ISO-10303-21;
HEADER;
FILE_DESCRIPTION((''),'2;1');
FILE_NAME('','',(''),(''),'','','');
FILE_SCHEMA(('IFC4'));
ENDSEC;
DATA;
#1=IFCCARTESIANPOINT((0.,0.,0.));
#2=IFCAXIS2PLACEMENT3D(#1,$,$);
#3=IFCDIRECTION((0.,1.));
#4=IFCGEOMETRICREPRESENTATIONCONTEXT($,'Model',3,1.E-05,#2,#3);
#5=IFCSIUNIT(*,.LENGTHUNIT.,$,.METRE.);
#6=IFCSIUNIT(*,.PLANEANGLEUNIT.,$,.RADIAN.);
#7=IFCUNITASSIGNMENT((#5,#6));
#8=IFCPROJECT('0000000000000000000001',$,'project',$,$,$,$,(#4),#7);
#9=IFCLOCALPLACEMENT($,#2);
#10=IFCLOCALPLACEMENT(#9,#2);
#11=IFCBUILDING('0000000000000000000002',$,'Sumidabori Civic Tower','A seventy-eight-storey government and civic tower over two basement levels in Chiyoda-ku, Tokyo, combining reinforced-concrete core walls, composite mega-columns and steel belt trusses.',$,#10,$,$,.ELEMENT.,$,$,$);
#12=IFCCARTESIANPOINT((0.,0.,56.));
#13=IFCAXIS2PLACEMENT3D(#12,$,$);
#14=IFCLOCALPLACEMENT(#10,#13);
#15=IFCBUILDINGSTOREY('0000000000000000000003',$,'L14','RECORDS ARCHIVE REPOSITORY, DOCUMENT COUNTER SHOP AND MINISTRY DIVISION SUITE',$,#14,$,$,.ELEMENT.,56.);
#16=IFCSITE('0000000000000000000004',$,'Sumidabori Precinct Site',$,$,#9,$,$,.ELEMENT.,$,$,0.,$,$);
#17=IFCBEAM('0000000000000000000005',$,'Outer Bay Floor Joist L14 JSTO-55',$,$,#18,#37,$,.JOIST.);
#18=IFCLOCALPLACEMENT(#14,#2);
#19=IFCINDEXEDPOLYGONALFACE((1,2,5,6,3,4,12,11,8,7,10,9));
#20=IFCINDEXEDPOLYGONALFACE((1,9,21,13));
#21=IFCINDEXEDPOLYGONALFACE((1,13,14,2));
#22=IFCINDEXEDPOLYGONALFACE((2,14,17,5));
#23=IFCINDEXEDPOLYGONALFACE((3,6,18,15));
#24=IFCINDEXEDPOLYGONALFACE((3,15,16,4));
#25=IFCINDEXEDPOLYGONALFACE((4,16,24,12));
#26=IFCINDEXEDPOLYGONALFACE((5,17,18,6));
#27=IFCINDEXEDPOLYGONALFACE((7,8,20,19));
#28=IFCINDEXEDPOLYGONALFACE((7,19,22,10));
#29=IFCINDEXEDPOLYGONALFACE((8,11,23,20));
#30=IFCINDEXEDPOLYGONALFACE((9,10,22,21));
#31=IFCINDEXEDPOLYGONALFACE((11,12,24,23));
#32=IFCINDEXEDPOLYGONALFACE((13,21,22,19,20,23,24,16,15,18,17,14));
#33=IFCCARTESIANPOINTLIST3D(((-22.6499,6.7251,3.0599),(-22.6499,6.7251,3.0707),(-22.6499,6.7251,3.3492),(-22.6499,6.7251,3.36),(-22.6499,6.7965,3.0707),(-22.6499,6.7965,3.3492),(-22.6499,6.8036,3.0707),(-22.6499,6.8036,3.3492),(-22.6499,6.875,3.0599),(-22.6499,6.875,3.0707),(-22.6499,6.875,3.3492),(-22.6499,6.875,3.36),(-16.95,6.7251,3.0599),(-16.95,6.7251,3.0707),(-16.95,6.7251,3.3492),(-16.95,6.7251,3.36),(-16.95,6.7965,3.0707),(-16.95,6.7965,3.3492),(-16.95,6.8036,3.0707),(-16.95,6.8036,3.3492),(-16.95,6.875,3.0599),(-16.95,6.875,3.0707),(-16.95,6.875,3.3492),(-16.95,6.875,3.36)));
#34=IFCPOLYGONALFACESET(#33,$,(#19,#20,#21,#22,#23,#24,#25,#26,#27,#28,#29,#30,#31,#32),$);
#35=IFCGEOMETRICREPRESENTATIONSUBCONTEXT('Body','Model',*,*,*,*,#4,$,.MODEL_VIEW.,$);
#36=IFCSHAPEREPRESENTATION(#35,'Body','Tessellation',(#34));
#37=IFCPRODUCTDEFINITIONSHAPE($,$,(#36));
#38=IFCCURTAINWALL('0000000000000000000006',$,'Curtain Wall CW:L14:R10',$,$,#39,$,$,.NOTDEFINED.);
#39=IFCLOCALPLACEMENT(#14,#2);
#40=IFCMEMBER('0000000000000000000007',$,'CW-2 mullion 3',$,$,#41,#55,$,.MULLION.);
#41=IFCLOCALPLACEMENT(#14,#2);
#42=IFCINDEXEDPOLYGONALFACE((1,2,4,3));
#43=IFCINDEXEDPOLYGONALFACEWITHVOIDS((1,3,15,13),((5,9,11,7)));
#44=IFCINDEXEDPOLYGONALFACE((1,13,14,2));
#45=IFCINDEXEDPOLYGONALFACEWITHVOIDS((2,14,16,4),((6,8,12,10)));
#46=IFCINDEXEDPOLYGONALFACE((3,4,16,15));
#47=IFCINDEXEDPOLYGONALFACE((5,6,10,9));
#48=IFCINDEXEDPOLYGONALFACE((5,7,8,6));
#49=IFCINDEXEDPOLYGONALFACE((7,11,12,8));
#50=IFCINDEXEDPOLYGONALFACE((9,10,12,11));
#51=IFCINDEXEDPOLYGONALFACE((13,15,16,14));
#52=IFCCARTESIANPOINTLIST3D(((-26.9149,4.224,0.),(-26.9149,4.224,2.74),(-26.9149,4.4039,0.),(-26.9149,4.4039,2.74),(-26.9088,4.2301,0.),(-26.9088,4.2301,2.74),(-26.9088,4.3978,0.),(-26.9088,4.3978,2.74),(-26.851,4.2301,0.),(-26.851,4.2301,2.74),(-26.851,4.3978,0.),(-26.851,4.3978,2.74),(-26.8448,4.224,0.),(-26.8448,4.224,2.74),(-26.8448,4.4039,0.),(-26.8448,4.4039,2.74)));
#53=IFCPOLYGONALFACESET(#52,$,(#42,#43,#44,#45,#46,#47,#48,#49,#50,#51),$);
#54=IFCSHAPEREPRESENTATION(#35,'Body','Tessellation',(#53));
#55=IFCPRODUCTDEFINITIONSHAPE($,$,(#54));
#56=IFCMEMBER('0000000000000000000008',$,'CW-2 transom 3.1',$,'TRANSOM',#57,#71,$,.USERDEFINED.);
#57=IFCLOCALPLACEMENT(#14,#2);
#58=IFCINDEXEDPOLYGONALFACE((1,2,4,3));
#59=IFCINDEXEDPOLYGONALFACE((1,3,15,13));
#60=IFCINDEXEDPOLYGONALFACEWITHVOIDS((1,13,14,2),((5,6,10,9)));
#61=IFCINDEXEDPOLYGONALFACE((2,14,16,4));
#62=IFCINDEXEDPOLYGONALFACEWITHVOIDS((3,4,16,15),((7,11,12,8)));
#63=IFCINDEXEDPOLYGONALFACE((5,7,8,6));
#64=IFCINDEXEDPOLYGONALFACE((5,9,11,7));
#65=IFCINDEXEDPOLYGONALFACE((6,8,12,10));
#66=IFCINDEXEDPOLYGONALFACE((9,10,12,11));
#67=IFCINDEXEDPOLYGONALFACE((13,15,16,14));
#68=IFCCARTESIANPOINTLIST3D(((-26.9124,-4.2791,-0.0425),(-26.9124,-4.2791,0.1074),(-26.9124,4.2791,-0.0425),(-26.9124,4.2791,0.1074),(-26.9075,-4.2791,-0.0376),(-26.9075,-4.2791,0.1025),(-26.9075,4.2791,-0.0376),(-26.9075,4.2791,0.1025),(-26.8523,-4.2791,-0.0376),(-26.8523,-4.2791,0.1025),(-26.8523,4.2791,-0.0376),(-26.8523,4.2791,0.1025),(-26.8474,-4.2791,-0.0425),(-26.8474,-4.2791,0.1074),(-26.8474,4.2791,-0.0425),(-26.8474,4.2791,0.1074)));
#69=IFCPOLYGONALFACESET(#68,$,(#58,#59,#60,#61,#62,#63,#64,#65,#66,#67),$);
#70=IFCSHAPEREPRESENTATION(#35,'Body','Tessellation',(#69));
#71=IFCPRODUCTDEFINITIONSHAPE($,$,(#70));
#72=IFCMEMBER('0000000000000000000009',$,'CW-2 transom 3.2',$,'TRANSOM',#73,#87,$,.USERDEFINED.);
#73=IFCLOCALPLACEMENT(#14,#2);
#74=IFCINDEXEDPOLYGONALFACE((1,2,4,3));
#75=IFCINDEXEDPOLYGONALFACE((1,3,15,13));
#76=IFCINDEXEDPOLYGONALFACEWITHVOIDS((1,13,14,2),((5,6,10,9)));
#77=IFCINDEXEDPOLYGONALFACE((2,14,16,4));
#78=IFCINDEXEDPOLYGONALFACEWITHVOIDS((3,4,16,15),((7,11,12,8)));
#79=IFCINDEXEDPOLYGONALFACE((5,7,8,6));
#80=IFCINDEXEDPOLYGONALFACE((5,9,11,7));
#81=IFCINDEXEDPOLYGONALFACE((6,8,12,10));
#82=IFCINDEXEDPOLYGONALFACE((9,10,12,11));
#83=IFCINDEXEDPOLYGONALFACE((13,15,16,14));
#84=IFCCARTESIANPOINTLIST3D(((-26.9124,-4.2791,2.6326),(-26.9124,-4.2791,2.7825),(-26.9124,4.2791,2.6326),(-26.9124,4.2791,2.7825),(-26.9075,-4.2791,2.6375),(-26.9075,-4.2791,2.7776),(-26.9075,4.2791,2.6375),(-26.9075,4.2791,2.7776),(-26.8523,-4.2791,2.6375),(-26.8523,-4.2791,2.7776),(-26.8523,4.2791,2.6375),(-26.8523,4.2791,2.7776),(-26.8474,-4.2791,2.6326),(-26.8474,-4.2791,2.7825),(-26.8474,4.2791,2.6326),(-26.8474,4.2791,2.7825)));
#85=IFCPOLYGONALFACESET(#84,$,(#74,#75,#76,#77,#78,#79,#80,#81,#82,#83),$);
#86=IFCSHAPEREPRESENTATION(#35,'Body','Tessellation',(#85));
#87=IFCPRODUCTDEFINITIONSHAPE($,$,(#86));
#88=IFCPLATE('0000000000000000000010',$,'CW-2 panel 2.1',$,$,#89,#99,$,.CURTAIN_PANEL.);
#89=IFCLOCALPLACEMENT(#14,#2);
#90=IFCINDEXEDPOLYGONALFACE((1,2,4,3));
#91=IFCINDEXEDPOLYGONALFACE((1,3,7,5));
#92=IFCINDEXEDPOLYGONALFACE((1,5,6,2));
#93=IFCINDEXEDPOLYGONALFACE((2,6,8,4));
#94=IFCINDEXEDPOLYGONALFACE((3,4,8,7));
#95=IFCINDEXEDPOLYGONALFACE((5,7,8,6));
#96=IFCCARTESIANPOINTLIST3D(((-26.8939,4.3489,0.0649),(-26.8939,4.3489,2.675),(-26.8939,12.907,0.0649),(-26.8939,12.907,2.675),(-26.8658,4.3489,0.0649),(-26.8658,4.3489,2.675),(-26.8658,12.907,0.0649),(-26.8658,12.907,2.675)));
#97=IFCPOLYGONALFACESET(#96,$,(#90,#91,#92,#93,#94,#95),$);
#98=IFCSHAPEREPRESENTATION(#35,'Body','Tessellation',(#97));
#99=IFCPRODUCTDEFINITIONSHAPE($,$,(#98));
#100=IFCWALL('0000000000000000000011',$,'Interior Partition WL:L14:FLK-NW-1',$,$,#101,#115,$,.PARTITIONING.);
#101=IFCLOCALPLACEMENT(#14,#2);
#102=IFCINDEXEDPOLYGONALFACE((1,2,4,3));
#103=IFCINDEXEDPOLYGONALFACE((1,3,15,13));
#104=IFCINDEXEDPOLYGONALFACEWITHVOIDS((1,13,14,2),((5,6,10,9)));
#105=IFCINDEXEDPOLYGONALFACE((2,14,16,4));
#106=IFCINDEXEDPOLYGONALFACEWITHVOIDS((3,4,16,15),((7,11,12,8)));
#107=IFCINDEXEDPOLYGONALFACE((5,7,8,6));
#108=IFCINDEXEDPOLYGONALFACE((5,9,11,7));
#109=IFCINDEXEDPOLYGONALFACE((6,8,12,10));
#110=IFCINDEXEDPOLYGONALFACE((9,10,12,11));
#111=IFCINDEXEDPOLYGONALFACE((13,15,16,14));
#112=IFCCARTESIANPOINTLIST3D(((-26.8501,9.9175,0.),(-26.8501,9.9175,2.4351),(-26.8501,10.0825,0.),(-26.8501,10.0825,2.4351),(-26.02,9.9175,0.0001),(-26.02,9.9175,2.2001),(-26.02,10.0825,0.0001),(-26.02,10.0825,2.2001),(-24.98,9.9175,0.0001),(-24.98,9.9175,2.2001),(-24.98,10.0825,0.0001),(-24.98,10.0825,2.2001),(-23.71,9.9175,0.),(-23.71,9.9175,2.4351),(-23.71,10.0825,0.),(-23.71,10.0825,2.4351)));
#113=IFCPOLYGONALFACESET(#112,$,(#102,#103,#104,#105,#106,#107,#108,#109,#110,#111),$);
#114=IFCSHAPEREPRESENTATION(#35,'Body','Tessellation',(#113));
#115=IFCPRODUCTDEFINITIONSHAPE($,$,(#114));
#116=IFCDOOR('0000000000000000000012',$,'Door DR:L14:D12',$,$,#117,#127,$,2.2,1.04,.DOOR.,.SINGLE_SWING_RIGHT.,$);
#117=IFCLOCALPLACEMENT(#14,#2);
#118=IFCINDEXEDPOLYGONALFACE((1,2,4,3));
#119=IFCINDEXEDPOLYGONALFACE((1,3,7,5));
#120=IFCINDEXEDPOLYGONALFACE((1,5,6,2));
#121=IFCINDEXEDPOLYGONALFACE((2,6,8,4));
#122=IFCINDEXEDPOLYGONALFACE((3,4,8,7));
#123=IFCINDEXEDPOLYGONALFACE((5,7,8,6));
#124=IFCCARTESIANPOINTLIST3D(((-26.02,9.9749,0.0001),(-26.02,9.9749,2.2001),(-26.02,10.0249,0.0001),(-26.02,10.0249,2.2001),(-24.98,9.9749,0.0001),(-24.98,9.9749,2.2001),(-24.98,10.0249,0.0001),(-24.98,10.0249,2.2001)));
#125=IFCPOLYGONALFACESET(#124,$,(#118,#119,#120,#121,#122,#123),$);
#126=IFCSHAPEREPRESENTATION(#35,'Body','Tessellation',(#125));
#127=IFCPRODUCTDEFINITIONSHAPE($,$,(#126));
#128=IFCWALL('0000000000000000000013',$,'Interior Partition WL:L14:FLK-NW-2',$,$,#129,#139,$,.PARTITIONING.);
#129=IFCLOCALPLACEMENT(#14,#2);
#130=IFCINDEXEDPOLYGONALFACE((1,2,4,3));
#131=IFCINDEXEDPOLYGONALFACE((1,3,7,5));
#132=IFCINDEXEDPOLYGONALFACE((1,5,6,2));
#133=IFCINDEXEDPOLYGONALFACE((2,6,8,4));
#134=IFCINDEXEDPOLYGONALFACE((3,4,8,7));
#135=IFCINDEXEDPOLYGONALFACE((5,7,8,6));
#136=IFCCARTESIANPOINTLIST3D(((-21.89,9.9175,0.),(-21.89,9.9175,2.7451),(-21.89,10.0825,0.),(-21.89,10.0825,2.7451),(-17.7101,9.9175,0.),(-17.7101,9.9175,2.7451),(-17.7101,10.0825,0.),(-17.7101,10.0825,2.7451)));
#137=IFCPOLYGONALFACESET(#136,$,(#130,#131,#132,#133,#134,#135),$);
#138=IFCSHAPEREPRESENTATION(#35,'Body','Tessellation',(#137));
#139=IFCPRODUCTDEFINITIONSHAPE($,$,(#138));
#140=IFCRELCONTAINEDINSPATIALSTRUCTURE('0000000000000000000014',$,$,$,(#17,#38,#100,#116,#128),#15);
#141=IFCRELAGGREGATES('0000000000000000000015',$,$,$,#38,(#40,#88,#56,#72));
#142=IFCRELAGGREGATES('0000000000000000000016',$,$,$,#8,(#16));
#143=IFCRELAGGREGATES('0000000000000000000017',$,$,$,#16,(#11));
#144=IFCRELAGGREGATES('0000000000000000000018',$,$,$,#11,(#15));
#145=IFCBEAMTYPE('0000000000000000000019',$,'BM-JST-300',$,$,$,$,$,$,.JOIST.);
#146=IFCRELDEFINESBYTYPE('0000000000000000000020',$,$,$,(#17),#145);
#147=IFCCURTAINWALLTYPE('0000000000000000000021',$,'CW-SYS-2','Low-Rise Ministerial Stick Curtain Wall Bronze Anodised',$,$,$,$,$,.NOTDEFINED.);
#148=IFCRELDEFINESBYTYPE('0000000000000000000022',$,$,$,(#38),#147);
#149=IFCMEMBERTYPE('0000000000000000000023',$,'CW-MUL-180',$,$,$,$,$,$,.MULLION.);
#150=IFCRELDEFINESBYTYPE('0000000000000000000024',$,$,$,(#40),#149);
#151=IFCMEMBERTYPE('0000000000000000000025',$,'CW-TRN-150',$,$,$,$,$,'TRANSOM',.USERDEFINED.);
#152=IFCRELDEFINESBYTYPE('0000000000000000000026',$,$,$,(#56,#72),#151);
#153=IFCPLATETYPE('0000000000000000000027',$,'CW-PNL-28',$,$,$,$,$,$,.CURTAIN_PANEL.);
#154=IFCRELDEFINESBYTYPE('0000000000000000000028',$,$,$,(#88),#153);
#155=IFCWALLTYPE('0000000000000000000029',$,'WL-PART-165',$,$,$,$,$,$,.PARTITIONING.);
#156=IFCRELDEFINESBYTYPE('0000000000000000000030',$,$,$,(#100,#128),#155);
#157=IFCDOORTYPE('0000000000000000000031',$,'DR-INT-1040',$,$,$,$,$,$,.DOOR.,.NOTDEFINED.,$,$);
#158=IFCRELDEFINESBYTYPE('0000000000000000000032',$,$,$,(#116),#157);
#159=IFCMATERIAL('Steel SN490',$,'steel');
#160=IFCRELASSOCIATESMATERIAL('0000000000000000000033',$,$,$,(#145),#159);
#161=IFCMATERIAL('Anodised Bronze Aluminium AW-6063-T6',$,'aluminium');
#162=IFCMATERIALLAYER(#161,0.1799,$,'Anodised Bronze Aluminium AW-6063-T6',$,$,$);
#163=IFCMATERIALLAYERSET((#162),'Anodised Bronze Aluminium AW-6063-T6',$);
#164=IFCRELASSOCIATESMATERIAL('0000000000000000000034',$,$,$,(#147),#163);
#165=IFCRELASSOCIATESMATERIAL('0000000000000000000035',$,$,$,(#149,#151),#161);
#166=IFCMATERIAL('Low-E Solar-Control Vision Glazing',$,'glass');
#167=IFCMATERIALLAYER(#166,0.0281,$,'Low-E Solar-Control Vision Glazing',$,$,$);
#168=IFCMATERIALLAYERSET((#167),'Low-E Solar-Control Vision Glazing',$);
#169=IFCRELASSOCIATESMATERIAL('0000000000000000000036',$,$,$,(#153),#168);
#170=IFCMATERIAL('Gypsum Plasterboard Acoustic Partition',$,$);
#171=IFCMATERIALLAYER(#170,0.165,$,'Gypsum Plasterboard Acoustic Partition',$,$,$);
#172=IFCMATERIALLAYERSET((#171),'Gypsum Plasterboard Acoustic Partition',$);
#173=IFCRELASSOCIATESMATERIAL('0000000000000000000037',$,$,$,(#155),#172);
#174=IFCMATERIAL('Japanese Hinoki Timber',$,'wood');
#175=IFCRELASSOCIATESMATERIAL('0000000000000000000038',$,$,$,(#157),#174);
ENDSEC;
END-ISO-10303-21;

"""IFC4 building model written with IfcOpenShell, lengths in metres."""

from ifc_helpers import new_model, si_unit, direction, frame, frame_2d, origin, origin_2d, place, context, subcontext, project, spatial, rectangle, hollow_rectangle, i_section, extrude, source, transform, mapped, material, layer, layer_set, material_profile, profile_set, type_object, element, fill, aggregate, save


model = new_model("IFC4")

# Units and contexts
model_context = context("Model", 3, precision=1e-05, world=origin(), true_north=direction((0.0, 1.0)))
body_context = subcontext(model_context, "Body", "Model", "MODEL_VIEW")
ifc_project = project(units=[si_unit("LENGTHUNIT", "METRE"), si_unit("PLANEANGLEUNIT", "RADIAN")], contexts=[model_context])

# Site, building, storey
site_placement = place(None, origin())
site = spatial("IfcSite", under=ifc_project, at=site_placement, Name="Sumidabori Precinct Site", CompositionType="ELEMENT", RefElevation=0.0)
building_placement = place(site_placement, origin())
building = spatial("IfcBuilding", under=site, at=building_placement, Name="Sumidabori Civic Tower", Description="A seventy-eight-storey government and civic tower over two basement levels in Chiyoda-ku, Tokyo, combining reinforced-concrete core walls, composite mega-columns and steel belt trusses.", CompositionType="ELEMENT")
storey_placement = place(building_placement, frame((0.0, 0.0, 56.0)))
storey = spatial("IfcBuildingStorey", under=building, at=storey_placement, Name="L14", Description="RECORDS ARCHIVE REPOSITORY, DOCUMENT COUNTER SHOP AND MINISTRY DIVISION SUITE", CompositionType="ELEMENT", Elevation=56.0)

# Beam
ifc_material_1 = material(Name="Steel SN490", Category="steel")
ifc_material_profile_1 = material_profile(ifc_material_1, i_section(OverallWidth=0.1499, OverallDepth=0.3, WebThickness=0.0071, FlangeThickness=0.0107, at=origin_2d()), Name="IPE 300")
ifc_profile_set_1 = profile_set([ifc_material_profile_1], Name="Steel SN490")
beam_type_1 = type_object("IfcBeamType", Name="BM-JST-300", PredefinedType="JOIST", material=ifc_profile_set_1)
shared_shape_1 = source(origin(), body_context, "Body", "SweptSolid", [
    extrude(i_section(OverallWidth=0.1499, OverallDepth=0.3, WebThickness=0.0071, FlangeThickness=0.0107, at=origin_2d()), origin(), (0.0, 0.0, 1.0), 5.7),
])
for number, where, z_axis, x_axis, name in (
    (1, (-22.6499, 6.8, 3.21), (1.0, 0.0, 0.0), (0.0, 1.0, 0.0), "Outer Bay Floor Joist L14 JSTO-55"),
):
    element("IfcBeam", number, at=place(storey_placement, frame(where, z_axis=z_axis, x_axis=x_axis)), inside=storey, type_object=beam_type_1, Name=name, PredefinedType="JOIST", context=body_context, shape_type="MappedRepresentation", body=[
        mapped(shared_shape_1, transform((0.0, 0.0, 0.0), x_axis=(1.0, 0.0, 0.0), y_axis=(0.0, 1.0, 0.0), z_axis=(0.0, 0.0, 1.0), scale=1.0)),
    ])

# Curtain wall, members, plate
ifc_material_2 = material(Name="Anodised Bronze Aluminium AW-6063-T6", Category="aluminium")
ifc_layer_1 = layer(ifc_material_2, 0.1799, Name="Anodised Bronze Aluminium AW-6063-T6")
ifc_layer_set_1 = layer_set([ifc_layer_1], Name="Anodised Bronze Aluminium AW-6063-T6")
curtain_wall_type = type_object("IfcCurtainWallType", Name="CW-SYS-2", Description="Low-Rise Ministerial Stick Curtain Wall Bronze Anodised", PredefinedType="NOTDEFINED", material=ifc_layer_set_1)
curtain_wall_placement = place(storey_placement, origin())
curtain_wall = element("IfcCurtainWall", 2, at=curtain_wall_placement, inside=storey, type_object=curtain_wall_type, Name="Curtain Wall CW:L14:R10", PredefinedType="NOTDEFINED")
ifc_material_profile_2 = material_profile(ifc_material_2, hollow_rectangle(XDim=0.0701, YDim=0.1799, WallThickness=0.0061, at=origin_2d()), Name="ALU MULLION 180x70")
ifc_profile_set_2 = profile_set([ifc_material_profile_2], Name="Anodised Bronze Aluminium AW-6063-T6")
member_type_1 = type_object("IfcMemberType", Name="CW-MUL-180", PredefinedType="MULLION", material=ifc_profile_set_2)
shared_shape_2 = source(origin(), body_context, "Body", "SweptSolid", [
    extrude(hollow_rectangle(XDim=0.0701, YDim=0.1799, WallThickness=0.0061, at=origin_2d()), origin(), (0.0, 0.0, 1.0), 2.74),
])
member_1_placement = place(storey_placement, frame((-26.8799, 4.314, 0.0), z_axis=(0.0, 0.0, 1.0), x_axis=(1.0, 0.0, 0.0)))
member_1 = element("IfcMember", 3, at=member_1_placement, type_object=member_type_1, Name="CW-2 mullion 3", PredefinedType="MULLION", context=body_context, shape_type="MappedRepresentation", body=[
    mapped(shared_shape_2, transform((0.0, 0.0, 0.0), x_axis=(1.0, 0.0, 0.0), y_axis=(0.0, 1.0, 0.0), z_axis=(0.0, 0.0, 1.0), scale=1.0)),
])
ifc_material_profile_3 = material_profile(ifc_material_2, hollow_rectangle(XDim=0.0649, YDim=0.1499, WallThickness=0.0049, at=origin_2d()), Name="ALU TRANSOM 150x65")
ifc_profile_set_3 = profile_set([ifc_material_profile_3], Name="Anodised Bronze Aluminium AW-6063-T6")
member_type_2 = type_object("IfcMemberType", Name="CW-TRN-150", ElementType="TRANSOM", PredefinedType="USERDEFINED", material=ifc_profile_set_3)
shared_shape_3 = source(origin(), body_context, "Body", "SweptSolid", [
    extrude(hollow_rectangle(XDim=0.0649, YDim=0.1499, WallThickness=0.0049, at=origin_2d()), origin(), (0.0, 0.0, 1.0), 8.5581),
])
member_2_placement = place(storey_placement, frame((-26.8799, 4.2791, 0.0325), z_axis=(0.0, -1.0, 0.0), x_axis=(1.0, 0.0, 0.0)))
member_2 = element("IfcMember", 4, at=member_2_placement, type_object=member_type_2, Name="CW-2 transom 3.1", ObjectType="TRANSOM", PredefinedType="USERDEFINED", context=body_context, shape_type="MappedRepresentation", body=[
    mapped(shared_shape_3, transform((0.0, 0.0, 0.0), x_axis=(1.0, 0.0, 0.0), y_axis=(0.0, 1.0, 0.0), z_axis=(0.0, 0.0, 1.0), scale=1.0)),
])
member_3_placement = place(storey_placement, frame((-26.8799, 4.2791, 2.7075), z_axis=(0.0, -1.0, 0.0), x_axis=(1.0, 0.0, 0.0)))
member_3 = element("IfcMember", 5, at=member_3_placement, type_object=member_type_2, Name="CW-2 transom 3.2", ObjectType="TRANSOM", PredefinedType="USERDEFINED", context=body_context, shape_type="MappedRepresentation", body=[
    mapped(shared_shape_3, transform((0.0, 0.0, 0.0), x_axis=(1.0, 0.0, 0.0), y_axis=(0.0, 1.0, 0.0), z_axis=(0.0, 0.0, 1.0), scale=1.0)),
])
ifc_material_3 = material(Name="Low-E Solar-Control Vision Glazing", Category="glass")
ifc_layer_2 = layer(ifc_material_3, 0.0281, Name="Low-E Solar-Control Vision Glazing")
ifc_layer_set_2 = layer_set([ifc_layer_2], Name="Low-E Solar-Control Vision Glazing")
plate_type = type_object("IfcPlateType", Name="CW-PNL-28", PredefinedType="CURTAIN_PANEL", material=ifc_layer_set_2)
shared_shape_4 = source(origin(), body_context, "Body", "SweptSolid", [
    extrude(rectangle(XDim=8.5581, YDim=0.0281, at=origin_2d()), origin(), (0.0, 0.0, 1.0), 2.6101),
])
plate_placement = place(storey_placement, frame((-26.8799, 8.6279, 0.0649), z_axis=(0.0, 0.0, 1.0), x_axis=(0.0, -1.0, 0.0)))
plate = element("IfcPlate", 6, at=plate_placement, type_object=plate_type, Name="CW-2 panel 2.1", PredefinedType="CURTAIN_PANEL", context=body_context, shape_type="MappedRepresentation", body=[
    mapped(shared_shape_4, transform((0.0, 0.0, 0.0), x_axis=(1.0, 0.0, 0.0), y_axis=(0.0, 1.0, 0.0), z_axis=(0.0, 0.0, 1.0), scale=1.0)),
])
aggregate(curtain_wall, [member_1, plate, member_2, member_3])

# Wall, opening, door
ifc_material_4 = material(Name="Gypsum Plasterboard Acoustic Partition")
ifc_layer_3 = layer(ifc_material_4, 0.165, Name="Gypsum Plasterboard Acoustic Partition")
ifc_layer_set_3 = layer_set([ifc_layer_3], Name="Gypsum Plasterboard Acoustic Partition")
wall_type = type_object("IfcWallType", Name="WL-PART-165", PredefinedType="PARTITIONING", material=ifc_layer_set_3)
shared_shape_5 = source(origin(), body_context, "Body", "SweptSolid", [
    extrude(rectangle(XDim=3.1401, YDim=0.165, at=frame_2d((1.5701, 0.0))), origin(), (0.0, 0.0, 1.0), 2.4351),
])
wall_1_placement = place(storey_placement, frame((-26.8501, 10.0, 0.0), z_axis=(0.0, 0.0, 1.0), x_axis=(1.0, 0.0, 0.0)))
wall_1 = element("IfcWall", 7, at=wall_1_placement, inside=storey, type_object=wall_type, Name="Interior Partition WL:L14:FLK-NW-1", PredefinedType="PARTITIONING", context=body_context, shape_type="MappedRepresentation", body=[
    mapped(shared_shape_5, transform((0.0, 0.0, 0.0), x_axis=(1.0, 0.0, 0.0), y_axis=(0.0, 1.0, 0.0), z_axis=(0.0, 0.0, 1.0), scale=1.0)),
])
opening_1_placement = place(wall_1_placement, frame((0.8301, 0.0, 0.0)))
opening_1 = element("IfcOpeningElement", 8, at=opening_1_placement, cuts=wall_1, PredefinedType="OPENING", context=body_context, shape_type="SweptSolid", body=[
    extrude(rectangle(XDim=1.04, YDim=2.2, at=frame_2d((0.52, 1.1001))), frame((0.0, 0.0945, 0.0), z_axis=(0.0, -1.0, 0.0), x_axis=(1.0, 0.0, 0.0)), (0.0, 0.0, 1.0), 0.189),
])
ifc_material_5 = material(Name="Japanese Hinoki Timber", Category="wood")
door_type = type_object("IfcDoorType", Name="DR-INT-1040", OperationType="NOTDEFINED", PredefinedType="DOOR", material=ifc_material_5)
shared_shape_6 = source(origin(), body_context, "Body", "SweptSolid", [
    extrude(rectangle(XDim=1.04, YDim=2.2, at=frame_2d((0.52, 1.1001))), frame((0.0, 0.0249, 0.0), z_axis=(0.0, -1.0, 0.0), x_axis=(1.0, 0.0, 0.0)), (0.0, 0.0, 1.0), 0.05),
])
door_1_placement = place(opening_1_placement, origin())
door_1 = element("IfcDoor", 9, at=door_1_placement, inside=storey, type_object=door_type, Name="Door DR:L14:D12", OperationType="SINGLE_SWING_RIGHT", OverallHeight=2.2, OverallWidth=1.04, PredefinedType="DOOR", context=body_context, shape_type="MappedRepresentation", body=[
    mapped(shared_shape_6, transform((0.0, 0.0, 0.0), x_axis=(1.0, 0.0, 0.0), y_axis=(0.0, 1.0, 0.0), z_axis=(0.0, 0.0, 1.0), scale=1.0)),
])
fill(opening_1, door_1)

# Wall
shared_shape_7 = source(origin(), body_context, "Body", "SweptSolid", [
    extrude(rectangle(XDim=4.1799, YDim=0.165, at=frame_2d((2.0898, 0.0))), origin(), (0.0, 0.0, 1.0), 2.7451),
])
wall_2_placement = place(storey_placement, frame((-21.8899, 10.0, 0.0), z_axis=(0.0, 0.0, 1.0), x_axis=(1.0, 0.0, 0.0)))
element("IfcWall", 10, at=wall_2_placement, inside=storey, type_object=wall_type, Name="Interior Partition WL:L14:FLK-NW-2", PredefinedType="PARTITIONING", context=body_context, shape_type="MappedRepresentation", body=[
    mapped(shared_shape_7, transform((0.0, 0.0, 0.0), x_axis=(1.0, 0.0, 0.0), y_axis=(0.0, 1.0, 0.0), z_axis=(0.0, 0.0, 1.0), scale=1.0)),
])

save(model, "model.ifc")
